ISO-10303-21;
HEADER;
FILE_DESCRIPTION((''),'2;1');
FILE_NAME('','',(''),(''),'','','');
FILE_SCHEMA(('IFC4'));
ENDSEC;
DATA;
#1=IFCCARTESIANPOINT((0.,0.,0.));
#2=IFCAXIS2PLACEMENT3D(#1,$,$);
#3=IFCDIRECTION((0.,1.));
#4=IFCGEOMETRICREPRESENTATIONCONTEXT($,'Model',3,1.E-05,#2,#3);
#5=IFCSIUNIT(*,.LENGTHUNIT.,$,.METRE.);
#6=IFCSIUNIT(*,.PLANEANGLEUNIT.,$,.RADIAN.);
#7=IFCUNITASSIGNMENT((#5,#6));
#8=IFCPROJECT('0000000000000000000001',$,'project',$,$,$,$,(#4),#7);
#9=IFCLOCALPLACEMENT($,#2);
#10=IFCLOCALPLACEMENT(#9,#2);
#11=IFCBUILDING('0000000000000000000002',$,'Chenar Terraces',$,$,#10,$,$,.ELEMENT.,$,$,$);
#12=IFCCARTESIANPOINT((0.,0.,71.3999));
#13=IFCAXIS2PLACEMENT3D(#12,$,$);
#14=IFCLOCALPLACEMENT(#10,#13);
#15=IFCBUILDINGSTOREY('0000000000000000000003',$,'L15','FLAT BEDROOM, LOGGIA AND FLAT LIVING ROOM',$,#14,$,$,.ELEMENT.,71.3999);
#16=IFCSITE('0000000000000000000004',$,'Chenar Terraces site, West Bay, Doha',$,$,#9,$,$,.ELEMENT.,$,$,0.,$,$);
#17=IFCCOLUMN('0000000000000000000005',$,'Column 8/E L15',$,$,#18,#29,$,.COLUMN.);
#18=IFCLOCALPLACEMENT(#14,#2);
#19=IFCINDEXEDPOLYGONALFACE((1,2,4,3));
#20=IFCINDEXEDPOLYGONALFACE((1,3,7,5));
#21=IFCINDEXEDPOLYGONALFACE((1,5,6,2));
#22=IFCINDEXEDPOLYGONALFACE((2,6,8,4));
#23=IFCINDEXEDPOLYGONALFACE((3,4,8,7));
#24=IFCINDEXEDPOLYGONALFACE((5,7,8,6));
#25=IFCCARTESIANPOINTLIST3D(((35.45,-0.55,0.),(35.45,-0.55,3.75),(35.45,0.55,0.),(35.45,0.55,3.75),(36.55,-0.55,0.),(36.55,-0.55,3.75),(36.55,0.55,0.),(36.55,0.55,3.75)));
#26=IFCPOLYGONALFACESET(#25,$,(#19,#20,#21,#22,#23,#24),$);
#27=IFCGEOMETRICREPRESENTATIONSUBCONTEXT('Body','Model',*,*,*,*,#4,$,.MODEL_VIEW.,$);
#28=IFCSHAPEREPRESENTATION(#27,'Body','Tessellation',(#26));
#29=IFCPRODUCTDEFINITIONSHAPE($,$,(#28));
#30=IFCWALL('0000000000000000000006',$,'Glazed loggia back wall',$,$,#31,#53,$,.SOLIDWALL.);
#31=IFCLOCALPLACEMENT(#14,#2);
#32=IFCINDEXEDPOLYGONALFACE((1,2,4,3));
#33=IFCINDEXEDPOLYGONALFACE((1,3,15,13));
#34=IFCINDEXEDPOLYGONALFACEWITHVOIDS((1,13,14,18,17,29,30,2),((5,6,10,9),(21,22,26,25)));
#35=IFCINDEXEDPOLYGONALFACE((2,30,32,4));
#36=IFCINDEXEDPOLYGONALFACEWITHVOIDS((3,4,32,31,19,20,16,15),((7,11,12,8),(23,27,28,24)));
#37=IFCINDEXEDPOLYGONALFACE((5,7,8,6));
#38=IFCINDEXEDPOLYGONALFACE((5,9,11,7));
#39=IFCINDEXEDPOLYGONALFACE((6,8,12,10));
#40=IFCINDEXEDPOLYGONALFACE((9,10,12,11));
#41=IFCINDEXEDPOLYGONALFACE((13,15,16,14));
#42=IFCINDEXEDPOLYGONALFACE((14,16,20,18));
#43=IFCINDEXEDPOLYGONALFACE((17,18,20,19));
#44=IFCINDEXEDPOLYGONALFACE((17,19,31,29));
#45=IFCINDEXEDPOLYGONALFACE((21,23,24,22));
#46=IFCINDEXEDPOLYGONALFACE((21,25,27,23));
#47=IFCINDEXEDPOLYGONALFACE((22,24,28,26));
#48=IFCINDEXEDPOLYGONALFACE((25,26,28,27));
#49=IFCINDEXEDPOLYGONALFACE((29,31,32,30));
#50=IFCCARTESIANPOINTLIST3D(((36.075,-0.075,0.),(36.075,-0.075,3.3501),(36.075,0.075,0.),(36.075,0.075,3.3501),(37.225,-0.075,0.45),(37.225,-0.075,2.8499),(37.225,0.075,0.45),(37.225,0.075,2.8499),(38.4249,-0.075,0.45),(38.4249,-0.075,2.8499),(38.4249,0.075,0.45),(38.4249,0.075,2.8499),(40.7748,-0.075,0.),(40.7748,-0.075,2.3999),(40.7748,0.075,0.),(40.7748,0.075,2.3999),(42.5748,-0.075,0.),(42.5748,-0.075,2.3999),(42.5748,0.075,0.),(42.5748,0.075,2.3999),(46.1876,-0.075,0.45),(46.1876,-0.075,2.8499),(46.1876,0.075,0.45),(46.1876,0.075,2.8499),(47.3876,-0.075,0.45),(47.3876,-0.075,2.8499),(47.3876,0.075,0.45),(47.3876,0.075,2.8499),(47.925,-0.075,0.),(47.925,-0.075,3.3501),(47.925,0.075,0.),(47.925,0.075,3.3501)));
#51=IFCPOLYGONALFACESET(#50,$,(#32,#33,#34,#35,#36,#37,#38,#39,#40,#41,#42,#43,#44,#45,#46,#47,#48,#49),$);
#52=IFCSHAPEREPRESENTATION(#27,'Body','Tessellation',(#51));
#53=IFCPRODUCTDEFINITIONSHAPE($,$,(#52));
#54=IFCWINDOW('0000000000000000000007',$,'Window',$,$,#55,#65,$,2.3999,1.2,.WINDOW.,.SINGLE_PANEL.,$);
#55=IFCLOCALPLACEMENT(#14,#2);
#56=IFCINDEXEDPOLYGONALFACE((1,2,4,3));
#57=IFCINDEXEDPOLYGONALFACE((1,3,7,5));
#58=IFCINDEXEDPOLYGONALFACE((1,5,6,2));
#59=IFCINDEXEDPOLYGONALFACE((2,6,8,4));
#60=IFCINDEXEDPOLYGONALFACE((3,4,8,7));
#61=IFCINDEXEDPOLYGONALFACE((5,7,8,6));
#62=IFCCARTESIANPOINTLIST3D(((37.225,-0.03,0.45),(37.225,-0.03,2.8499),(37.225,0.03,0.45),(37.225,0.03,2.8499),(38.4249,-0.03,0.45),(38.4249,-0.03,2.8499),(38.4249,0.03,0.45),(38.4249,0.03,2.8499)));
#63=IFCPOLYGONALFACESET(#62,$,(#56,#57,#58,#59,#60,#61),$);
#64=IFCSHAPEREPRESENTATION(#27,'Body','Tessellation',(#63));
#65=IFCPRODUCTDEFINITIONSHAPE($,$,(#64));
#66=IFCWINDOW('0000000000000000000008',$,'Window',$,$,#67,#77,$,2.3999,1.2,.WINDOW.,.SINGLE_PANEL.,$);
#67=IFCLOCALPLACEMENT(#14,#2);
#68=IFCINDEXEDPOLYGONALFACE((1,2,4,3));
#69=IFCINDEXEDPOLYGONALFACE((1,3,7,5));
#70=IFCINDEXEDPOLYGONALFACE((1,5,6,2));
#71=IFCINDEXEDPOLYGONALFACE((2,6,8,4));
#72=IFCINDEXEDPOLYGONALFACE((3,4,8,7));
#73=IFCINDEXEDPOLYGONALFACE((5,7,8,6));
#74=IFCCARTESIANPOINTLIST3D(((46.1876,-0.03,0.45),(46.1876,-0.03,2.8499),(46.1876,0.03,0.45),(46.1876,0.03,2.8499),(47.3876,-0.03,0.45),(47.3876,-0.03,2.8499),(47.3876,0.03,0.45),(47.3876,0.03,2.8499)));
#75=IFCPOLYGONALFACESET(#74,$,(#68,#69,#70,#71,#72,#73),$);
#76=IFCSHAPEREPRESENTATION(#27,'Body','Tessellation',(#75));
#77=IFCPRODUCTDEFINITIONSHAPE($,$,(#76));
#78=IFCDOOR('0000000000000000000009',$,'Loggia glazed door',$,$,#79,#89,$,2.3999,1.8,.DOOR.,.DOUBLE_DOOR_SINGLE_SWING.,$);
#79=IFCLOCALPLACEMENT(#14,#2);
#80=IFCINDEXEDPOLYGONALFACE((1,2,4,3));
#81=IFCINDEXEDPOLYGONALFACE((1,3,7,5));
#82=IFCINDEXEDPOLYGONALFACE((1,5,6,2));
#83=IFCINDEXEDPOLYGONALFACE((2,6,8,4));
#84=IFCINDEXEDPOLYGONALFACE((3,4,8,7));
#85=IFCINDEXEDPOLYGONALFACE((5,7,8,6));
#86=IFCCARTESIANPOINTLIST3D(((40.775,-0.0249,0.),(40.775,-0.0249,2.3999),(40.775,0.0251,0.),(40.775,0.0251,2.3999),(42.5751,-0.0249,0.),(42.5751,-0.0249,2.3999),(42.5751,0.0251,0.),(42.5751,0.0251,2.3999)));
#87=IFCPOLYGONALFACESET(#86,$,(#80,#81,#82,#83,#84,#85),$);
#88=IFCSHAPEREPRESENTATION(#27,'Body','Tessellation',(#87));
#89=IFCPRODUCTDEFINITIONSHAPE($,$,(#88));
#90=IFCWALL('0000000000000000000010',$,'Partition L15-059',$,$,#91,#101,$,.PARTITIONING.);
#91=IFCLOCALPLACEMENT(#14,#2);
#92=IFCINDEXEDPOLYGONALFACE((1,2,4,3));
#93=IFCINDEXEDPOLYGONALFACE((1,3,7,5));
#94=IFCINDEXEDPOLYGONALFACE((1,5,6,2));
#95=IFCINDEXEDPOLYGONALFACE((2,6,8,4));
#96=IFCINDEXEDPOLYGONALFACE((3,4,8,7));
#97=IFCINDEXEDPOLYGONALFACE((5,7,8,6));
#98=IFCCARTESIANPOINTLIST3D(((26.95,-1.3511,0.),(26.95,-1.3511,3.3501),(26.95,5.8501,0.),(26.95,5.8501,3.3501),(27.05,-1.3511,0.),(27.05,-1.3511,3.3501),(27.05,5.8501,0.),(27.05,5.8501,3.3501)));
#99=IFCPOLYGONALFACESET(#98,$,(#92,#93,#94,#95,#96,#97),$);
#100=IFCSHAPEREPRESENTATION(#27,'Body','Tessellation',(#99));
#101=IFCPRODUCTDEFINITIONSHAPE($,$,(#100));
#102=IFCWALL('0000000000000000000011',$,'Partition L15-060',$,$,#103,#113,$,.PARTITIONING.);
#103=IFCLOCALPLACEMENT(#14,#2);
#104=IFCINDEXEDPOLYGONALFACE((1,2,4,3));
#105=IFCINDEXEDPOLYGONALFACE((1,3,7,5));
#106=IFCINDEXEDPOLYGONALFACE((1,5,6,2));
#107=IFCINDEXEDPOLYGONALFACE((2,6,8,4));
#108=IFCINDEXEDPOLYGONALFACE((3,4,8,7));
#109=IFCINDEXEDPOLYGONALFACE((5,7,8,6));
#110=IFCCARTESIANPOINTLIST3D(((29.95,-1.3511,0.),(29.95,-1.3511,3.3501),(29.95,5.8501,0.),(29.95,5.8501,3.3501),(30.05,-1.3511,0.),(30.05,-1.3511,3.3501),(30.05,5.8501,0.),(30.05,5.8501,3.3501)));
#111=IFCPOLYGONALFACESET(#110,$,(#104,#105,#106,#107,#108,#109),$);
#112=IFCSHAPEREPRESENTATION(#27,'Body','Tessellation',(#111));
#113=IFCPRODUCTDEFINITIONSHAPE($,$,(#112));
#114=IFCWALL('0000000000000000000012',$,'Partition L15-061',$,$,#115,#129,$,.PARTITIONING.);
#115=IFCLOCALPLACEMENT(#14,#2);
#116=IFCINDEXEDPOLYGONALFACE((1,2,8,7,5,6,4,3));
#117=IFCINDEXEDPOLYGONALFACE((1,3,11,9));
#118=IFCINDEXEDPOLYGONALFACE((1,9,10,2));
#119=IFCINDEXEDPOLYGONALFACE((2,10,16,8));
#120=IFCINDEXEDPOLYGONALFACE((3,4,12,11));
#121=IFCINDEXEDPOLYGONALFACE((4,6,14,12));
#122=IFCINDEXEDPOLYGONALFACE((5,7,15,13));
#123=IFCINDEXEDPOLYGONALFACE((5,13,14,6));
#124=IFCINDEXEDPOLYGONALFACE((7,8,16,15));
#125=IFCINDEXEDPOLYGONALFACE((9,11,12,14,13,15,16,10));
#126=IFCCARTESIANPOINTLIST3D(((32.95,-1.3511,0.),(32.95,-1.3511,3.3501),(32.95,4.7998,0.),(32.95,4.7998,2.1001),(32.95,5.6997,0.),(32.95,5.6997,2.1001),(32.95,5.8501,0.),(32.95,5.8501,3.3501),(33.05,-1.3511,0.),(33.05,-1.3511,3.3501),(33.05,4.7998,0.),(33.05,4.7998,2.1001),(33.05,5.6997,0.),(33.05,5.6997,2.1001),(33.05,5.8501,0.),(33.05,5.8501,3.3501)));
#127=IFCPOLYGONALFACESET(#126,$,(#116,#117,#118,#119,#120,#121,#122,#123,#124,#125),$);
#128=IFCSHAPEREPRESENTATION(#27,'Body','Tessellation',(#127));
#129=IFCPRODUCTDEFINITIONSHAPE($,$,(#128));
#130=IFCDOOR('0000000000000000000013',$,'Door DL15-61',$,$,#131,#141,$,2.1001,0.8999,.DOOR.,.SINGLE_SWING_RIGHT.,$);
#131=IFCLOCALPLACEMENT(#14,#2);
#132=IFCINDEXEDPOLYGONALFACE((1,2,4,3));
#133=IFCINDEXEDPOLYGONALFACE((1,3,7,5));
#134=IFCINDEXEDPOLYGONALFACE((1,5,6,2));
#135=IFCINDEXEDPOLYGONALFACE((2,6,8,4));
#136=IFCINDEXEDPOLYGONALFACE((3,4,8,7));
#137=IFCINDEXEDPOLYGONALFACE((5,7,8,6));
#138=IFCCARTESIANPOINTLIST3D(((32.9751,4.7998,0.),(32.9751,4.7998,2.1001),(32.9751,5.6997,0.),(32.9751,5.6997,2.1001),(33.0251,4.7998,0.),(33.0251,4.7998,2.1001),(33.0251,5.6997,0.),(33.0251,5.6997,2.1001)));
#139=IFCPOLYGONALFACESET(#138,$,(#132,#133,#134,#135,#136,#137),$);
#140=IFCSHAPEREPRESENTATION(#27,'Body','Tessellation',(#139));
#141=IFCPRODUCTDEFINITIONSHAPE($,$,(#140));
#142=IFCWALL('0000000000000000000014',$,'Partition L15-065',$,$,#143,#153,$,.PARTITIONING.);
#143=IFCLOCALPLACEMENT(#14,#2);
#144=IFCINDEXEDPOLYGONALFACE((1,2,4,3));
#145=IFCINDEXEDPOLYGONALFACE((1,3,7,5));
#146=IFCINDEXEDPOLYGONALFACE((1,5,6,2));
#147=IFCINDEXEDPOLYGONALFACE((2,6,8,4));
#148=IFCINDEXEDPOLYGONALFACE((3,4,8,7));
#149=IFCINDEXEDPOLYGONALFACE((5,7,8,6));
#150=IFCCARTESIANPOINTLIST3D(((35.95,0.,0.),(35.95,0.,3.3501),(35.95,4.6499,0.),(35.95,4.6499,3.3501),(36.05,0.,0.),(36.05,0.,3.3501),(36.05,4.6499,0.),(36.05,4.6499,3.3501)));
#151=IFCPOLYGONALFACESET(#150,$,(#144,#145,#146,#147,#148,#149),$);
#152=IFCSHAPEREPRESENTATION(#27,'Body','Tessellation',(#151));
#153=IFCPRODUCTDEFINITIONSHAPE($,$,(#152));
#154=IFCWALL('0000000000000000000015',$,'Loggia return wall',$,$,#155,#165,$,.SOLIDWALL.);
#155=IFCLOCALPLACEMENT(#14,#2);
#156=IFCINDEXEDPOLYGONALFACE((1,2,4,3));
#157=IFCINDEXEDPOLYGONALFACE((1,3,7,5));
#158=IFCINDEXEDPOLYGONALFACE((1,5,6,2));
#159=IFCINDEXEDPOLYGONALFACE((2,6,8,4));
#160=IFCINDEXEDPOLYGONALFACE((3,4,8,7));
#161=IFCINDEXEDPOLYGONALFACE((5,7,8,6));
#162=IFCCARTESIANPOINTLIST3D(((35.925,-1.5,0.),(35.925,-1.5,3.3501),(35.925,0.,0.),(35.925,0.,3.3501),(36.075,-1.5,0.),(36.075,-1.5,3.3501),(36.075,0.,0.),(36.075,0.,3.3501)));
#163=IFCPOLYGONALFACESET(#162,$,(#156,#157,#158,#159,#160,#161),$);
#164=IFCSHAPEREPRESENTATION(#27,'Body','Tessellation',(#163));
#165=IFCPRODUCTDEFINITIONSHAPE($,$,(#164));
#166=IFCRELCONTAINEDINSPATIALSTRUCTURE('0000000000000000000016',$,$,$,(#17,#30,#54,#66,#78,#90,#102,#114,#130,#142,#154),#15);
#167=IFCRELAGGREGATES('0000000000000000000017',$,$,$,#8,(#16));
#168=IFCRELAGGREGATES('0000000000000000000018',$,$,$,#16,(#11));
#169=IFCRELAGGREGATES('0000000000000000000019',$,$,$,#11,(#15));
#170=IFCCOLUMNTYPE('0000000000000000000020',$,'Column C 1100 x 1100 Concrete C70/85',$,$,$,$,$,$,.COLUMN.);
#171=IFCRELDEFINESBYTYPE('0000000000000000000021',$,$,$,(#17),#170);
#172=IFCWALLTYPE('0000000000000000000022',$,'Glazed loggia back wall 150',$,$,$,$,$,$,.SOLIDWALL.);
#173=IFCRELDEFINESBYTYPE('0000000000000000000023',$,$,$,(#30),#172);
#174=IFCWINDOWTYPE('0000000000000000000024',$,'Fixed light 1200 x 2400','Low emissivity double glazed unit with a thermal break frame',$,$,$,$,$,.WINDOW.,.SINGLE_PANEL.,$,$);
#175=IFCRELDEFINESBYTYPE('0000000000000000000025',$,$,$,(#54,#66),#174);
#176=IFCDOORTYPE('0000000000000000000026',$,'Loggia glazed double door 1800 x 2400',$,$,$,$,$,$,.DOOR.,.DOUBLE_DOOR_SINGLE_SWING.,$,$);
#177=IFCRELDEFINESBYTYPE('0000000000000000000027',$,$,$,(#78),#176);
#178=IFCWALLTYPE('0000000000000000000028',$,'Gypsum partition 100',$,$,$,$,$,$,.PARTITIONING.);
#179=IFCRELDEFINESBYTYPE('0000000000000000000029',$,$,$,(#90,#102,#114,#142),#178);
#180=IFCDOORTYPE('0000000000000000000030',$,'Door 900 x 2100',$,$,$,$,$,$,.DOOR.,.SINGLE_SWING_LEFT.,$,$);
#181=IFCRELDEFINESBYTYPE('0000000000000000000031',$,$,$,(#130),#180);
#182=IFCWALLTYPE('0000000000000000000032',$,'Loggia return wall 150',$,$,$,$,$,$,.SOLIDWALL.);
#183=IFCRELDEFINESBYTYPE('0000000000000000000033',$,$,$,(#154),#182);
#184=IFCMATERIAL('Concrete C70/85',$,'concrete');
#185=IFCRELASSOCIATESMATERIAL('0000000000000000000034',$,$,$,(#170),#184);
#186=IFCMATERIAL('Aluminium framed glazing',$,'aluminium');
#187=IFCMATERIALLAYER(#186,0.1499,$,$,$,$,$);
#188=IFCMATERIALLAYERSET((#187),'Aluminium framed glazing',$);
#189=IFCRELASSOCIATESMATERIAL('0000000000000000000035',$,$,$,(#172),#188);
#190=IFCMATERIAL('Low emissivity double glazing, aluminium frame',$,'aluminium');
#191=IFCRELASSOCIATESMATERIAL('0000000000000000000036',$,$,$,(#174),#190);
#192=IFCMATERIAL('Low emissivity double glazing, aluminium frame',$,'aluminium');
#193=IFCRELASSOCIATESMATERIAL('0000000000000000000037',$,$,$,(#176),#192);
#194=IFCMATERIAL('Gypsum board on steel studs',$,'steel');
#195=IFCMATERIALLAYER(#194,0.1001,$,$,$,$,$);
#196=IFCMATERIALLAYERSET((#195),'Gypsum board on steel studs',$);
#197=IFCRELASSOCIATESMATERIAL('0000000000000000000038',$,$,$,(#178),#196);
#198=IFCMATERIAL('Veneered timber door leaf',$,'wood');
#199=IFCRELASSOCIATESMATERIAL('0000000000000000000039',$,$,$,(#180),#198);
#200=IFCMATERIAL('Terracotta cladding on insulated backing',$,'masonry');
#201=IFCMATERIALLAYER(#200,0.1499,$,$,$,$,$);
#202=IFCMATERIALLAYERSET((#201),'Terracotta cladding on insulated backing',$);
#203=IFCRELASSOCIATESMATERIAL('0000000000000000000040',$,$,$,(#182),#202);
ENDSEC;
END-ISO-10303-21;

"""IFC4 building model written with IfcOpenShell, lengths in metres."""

from ifc_helpers import new_model, si_unit, direction, frame, frame_2d, origin, origin_2d, place, context, subcontext, project, spatial, rectangle, extrude, material, layer, layer_set, material_profile, profile_set, type_object, element, fill, save


model = new_model("IFC4")

# Units and contexts
model_context = context("Model", 3, precision=1e-05, world=origin(), true_north=direction((0.0, 1.0)))
body_context = subcontext(model_context, "Body", "Model", "MODEL_VIEW")
ifc_project = project(units=[si_unit("LENGTHUNIT", "METRE"), si_unit("PLANEANGLEUNIT", "RADIAN")], contexts=[model_context])

# Site, building, storey
site_placement = place(None, origin())
site = spatial("IfcSite", under=ifc_project, at=site_placement, Name="Chenar Terraces site, West Bay, Doha", CompositionType="ELEMENT", RefElevation=0.0)
building_placement = place(site_placement, origin())
building = spatial("IfcBuilding", under=site, at=building_placement, Name="Chenar Terraces", CompositionType="ELEMENT")
storey_placement = place(building_placement, frame((0.0, 0.0, 71.3999)))
storey = spatial("IfcBuildingStorey", under=building, at=storey_placement, Name="L15", Description="FLAT BEDROOM, LOGGIA AND FLAT LIVING ROOM", CompositionType="ELEMENT", Elevation=71.3999)

# Column
ifc_material_1 = material(Name="Concrete C70/85", Category="concrete")
ifc_material_profile_1 = material_profile(ifc_material_1, rectangle(XDim=1.1001, YDim=1.1001, at=origin_2d()), Name="C 1100 x 1100")
ifc_profile_set_1 = profile_set([ifc_material_profile_1], Name="Concrete C70/85")
column_type = type_object("IfcColumnType", Name="Column C 1100 x 1100 Concrete C70/85", PredefinedType="COLUMN", material=ifc_profile_set_1)
column_placement = place(storey_placement, frame((36.0, 0.0, 0.0), z_axis=(0.0, 0.0, 1.0), x_axis=(1.0, 0.0, 0.0)))
element("IfcColumn", 1, at=column_placement, inside=storey, type_object=column_type, Name="Column 8/E L15", PredefinedType="COLUMN", context=body_context, shape_type="SweptSolid", body=[
    extrude(rectangle(XDim=1.1001, YDim=1.1001, at=origin_2d()), origin(), (0.0, 0.0, 1.0), 3.75),
])

# Wall, openings, windows, door
ifc_material_2 = material(Name="Aluminium framed glazing", Category="aluminium")
ifc_layer_1 = layer(ifc_material_2, 0.1499)
ifc_layer_set_1 = layer_set([ifc_layer_1], Name="Aluminium framed glazing")
wall_type_1 = type_object("IfcWallType", Name="Glazed loggia back wall 150", PredefinedType="SOLIDWALL", material=ifc_layer_set_1)
wall_1_placement = place(storey_placement, frame((36.075, 0.0, 0.0), z_axis=(0.0, 0.0, 1.0), x_axis=(1.0, 0.0, 0.0)))
wall_1 = element("IfcWall", 2, at=wall_1_placement, inside=storey, type_object=wall_type_1, Name="Glazed loggia back wall", PredefinedType="SOLIDWALL", context=body_context, shape_type="SweptSolid", body=[
    extrude(rectangle(XDim=11.8501, YDim=0.1499, at=frame_2d((5.925, 0.0))), origin(), (0.0, 0.0, 1.0), 3.3501),
])
opening_1_placement = place(wall_1_placement, frame((1.1499, 0.0, 0.45)))
opening_1 = element("IfcOpeningElement", 3, at=opening_1_placement, cuts=wall_1, PredefinedType="OPENING", context=body_context, shape_type="SweptSolid", body=[
    extrude(rectangle(XDim=1.2, YDim=2.3999, at=frame_2d((0.6001, 1.2))), frame((0.0, 0.085, 0.0), z_axis=(0.0, -1.0, 0.0), x_axis=(1.0, 0.0, 0.0)), (0.0, 0.0, 1.0), 0.1699),
])
opening_2_placement = place(wall_1_placement, frame((4.7, 0.0, 0.0)))
opening_2 = element("IfcOpeningElement", 4, at=opening_2_placement, cuts=wall_1, PredefinedType="OPENING", context=body_context, shape_type="SweptSolid", body=[
    extrude(rectangle(XDim=1.8, YDim=2.3999, at=frame_2d((0.8999, 1.2))), frame((0.0, 0.085, 0.0), z_axis=(0.0, -1.0, 0.0), x_axis=(1.0, 0.0, 0.0)), (0.0, 0.0, 1.0), 0.1699),
])
opening_3_placement = place(wall_1_placement, frame((10.1125, 0.0, 0.45)))
opening_3 = element("IfcOpeningElement", 5, at=opening_3_placement, cuts=wall_1, PredefinedType="OPENING", context=body_context, shape_type="SweptSolid", body=[
    extrude(rectangle(XDim=1.2, YDim=2.3999, at=frame_2d((0.6001, 1.2))), frame((0.0, 0.085, 0.0), z_axis=(0.0, -1.0, 0.0), x_axis=(1.0, 0.0, 0.0)), (0.0, 0.0, 1.0), 0.1699),
])
ifc_material_3 = material(Name="Low emissivity double glazing, aluminium frame", Category="aluminium")
window_type = type_object("IfcWindowType", Name="Fixed light 1200 x 2400", Description="Low emissivity double glazed unit with a thermal break frame", PartitioningType="SINGLE_PANEL", PredefinedType="WINDOW", material=ifc_material_3)
window_1_placement = place(opening_1_placement, origin())
window_1 = element("IfcWindow", 6, at=window_1_placement, inside=storey, type_object=window_type, Name="Window", OverallHeight=2.3999, OverallWidth=1.2, PartitioningType="SINGLE_PANEL", PredefinedType="WINDOW", context=body_context, shape_type="SweptSolid", body=[
    extrude(rectangle(XDim=1.2, YDim=2.3999, at=frame_2d((0.6001, 1.2))), frame((0.0, 0.03, 0.0), z_axis=(0.0, -1.0, 0.0), x_axis=(1.0, 0.0, 0.0)), (0.0, 0.0, 1.0), 0.0601),
])
fill(opening_1, window_1)
window_2_placement = place(opening_3_placement, origin())
window_2 = element("IfcWindow", 7, at=window_2_placement, inside=storey, type_object=window_type, Name="Window", OverallHeight=2.3999, OverallWidth=1.2, PartitioningType="SINGLE_PANEL", PredefinedType="WINDOW", context=body_context, shape_type="SweptSolid", body=[
    extrude(rectangle(XDim=1.2, YDim=2.3999, at=frame_2d((0.6001, 1.2))), frame((0.0, 0.03, 0.0), z_axis=(0.0, -1.0, 0.0), x_axis=(1.0, 0.0, 0.0)), (0.0, 0.0, 1.0), 0.0601),
])
fill(opening_3, window_2)
ifc_material_4 = material(Name="Low emissivity double glazing, aluminium frame", Category="aluminium")
door_type_1 = type_object("IfcDoorType", Name="Loggia glazed double door 1800 x 2400", OperationType="DOUBLE_DOOR_SINGLE_SWING", PredefinedType="DOOR", material=ifc_material_4)
door_1_placement = place(opening_2_placement, frame((1.8, 0.0, 0.0), z_axis=(0.0, 0.0, 1.0), x_axis=(-1.0, 0.0, 0.0)))
door_1 = element("IfcDoor", 8, at=door_1_placement, inside=storey, type_object=door_type_1, Name="Loggia glazed door", OperationType="DOUBLE_DOOR_SINGLE_SWING", OverallHeight=2.3999, OverallWidth=1.8, PredefinedType="DOOR", context=body_context, shape_type="SweptSolid", body=[
    extrude(rectangle(XDim=1.8, YDim=2.3999, at=frame_2d((0.8999, 1.2))), frame((0.0, 0.0249, 0.0), z_axis=(0.0, -1.0, 0.0), x_axis=(1.0, 0.0, 0.0)), (0.0, 0.0, 1.0), 0.05),
])
fill(opening_2, door_1)

# Walls
ifc_material_5 = material(Name="Gypsum board on steel studs", Category="steel")
ifc_layer_2 = layer(ifc_material_5, 0.1001)
ifc_layer_set_2 = layer_set([ifc_layer_2], Name="Gypsum board on steel studs")
wall_type_2 = type_object("IfcWallType", Name="Gypsum partition 100", PredefinedType="PARTITIONING", material=ifc_layer_set_2)
for number, where, z_axis, x_axis, name in (
    (9, (27.0, -1.3511, 0.0), (0.0, 0.0, 1.0), (0.0, 1.0, 0.0), "Partition L15-059"),
    (10, (30.0, -1.3511, 0.0), (0.0, 0.0, 1.0), (0.0, 1.0, 0.0), "Partition L15-060"),
):
    element("IfcWall", number, at=place(storey_placement, frame(where, z_axis=z_axis, x_axis=x_axis)), inside=storey, type_object=wall_type_2, Name=name, PredefinedType="PARTITIONING", context=body_context, shape_type="SweptSolid", body=[
        extrude(rectangle(XDim=7.2012, YDim=0.1001, at=frame_2d((3.6006, 0.0))), origin(), (0.0, 0.0, 1.0), 3.3501),
    ])

# Wall, opening, door
wall_2_placement = place(storey_placement, frame((33.0, -1.3511, 0.0), z_axis=(0.0, 0.0, 1.0), x_axis=(0.0, 1.0, 0.0)))
wall_2 = element("IfcWall", 11, at=wall_2_placement, inside=storey, type_object=wall_type_2, Name="Partition L15-061", PredefinedType="PARTITIONING", context=body_context, shape_type="SweptSolid", body=[
    extrude(rectangle(XDim=7.2012, YDim=0.1001, at=frame_2d((3.6006, 0.0))), origin(), (0.0, 0.0, 1.0), 3.3501),
])
opening_4_placement = place(wall_2_placement, frame((6.1509, 0.0, 0.0)))
opening_4 = element("IfcOpeningElement", 12, at=opening_4_placement, cuts=wall_2, PredefinedType="OPENING", context=body_context, shape_type="SweptSolid", body=[
    extrude(rectangle(XDim=0.8999, YDim=2.1001, at=frame_2d((0.45, 1.05))), frame((0.0, 0.0601, 0.0), z_axis=(0.0, -1.0, 0.0), x_axis=(1.0, 0.0, 0.0)), (0.0, 0.0, 1.0), 0.1201),
])
ifc_material_6 = material(Name="Veneered timber door leaf", Category="wood")
door_type_2 = type_object("IfcDoorType", Name="Door 900 x 2100", OperationType="SINGLE_SWING_LEFT", PredefinedType="DOOR", material=ifc_material_6)
door_2_placement = place(opening_4_placement, origin())
door_2 = element("IfcDoor", 13, at=door_2_placement, inside=storey, type_object=door_type_2, Name="Door DL15-61", OperationType="SINGLE_SWING_RIGHT", OverallHeight=2.1001, OverallWidth=0.8999, PredefinedType="DOOR", context=body_context, shape_type="SweptSolid", body=[
    extrude(rectangle(XDim=0.8999, YDim=2.1001, at=frame_2d((0.45, 1.05))), frame((0.0, 0.0249, 0.0), z_axis=(0.0, -1.0, 0.0), x_axis=(1.0, 0.0, 0.0)), (0.0, 0.0, 1.0), 0.05),
])
fill(opening_4, door_2)

# Walls
wall_3_placement = place(storey_placement, frame((36.0, 0.0, 0.0), z_axis=(0.0, 0.0, 1.0), x_axis=(0.0, 1.0, 0.0)))
element("IfcWall", 14, at=wall_3_placement, inside=storey, type_object=wall_type_2, Name="Partition L15-065", PredefinedType="PARTITIONING", context=body_context, shape_type="SweptSolid", body=[
    extrude(rectangle(XDim=4.6499, YDim=0.1001, at=frame_2d((2.325, 0.0))), origin(), (0.0, 0.0, 1.0), 3.3501),
])
ifc_material_7 = material(Name="Terracotta cladding on insulated backing", Category="masonry")
ifc_layer_3 = layer(ifc_material_7, 0.1499)
ifc_layer_set_3 = layer_set([ifc_layer_3], Name="Terracotta cladding on insulated backing")
wall_type_3 = type_object("IfcWallType", Name="Loggia return wall 150", PredefinedType="SOLIDWALL", material=ifc_layer_set_3)
wall_4_placement = place(storey_placement, frame((36.0, -1.5, 0.0), z_axis=(0.0, 0.0, 1.0), x_axis=(0.0, 1.0, 0.0)))
element("IfcWall", 15, at=wall_4_placement, inside=storey, type_object=wall_type_3, Name="Loggia return wall", PredefinedType="SOLIDWALL", context=body_context, shape_type="SweptSolid", body=[
    extrude(rectangle(XDim=1.5, YDim=0.1499, at=frame_2d((0.75, 0.0))), origin(), (0.0, 0.0, 1.0), 3.3501),
])

save(model, "model.ifc")
